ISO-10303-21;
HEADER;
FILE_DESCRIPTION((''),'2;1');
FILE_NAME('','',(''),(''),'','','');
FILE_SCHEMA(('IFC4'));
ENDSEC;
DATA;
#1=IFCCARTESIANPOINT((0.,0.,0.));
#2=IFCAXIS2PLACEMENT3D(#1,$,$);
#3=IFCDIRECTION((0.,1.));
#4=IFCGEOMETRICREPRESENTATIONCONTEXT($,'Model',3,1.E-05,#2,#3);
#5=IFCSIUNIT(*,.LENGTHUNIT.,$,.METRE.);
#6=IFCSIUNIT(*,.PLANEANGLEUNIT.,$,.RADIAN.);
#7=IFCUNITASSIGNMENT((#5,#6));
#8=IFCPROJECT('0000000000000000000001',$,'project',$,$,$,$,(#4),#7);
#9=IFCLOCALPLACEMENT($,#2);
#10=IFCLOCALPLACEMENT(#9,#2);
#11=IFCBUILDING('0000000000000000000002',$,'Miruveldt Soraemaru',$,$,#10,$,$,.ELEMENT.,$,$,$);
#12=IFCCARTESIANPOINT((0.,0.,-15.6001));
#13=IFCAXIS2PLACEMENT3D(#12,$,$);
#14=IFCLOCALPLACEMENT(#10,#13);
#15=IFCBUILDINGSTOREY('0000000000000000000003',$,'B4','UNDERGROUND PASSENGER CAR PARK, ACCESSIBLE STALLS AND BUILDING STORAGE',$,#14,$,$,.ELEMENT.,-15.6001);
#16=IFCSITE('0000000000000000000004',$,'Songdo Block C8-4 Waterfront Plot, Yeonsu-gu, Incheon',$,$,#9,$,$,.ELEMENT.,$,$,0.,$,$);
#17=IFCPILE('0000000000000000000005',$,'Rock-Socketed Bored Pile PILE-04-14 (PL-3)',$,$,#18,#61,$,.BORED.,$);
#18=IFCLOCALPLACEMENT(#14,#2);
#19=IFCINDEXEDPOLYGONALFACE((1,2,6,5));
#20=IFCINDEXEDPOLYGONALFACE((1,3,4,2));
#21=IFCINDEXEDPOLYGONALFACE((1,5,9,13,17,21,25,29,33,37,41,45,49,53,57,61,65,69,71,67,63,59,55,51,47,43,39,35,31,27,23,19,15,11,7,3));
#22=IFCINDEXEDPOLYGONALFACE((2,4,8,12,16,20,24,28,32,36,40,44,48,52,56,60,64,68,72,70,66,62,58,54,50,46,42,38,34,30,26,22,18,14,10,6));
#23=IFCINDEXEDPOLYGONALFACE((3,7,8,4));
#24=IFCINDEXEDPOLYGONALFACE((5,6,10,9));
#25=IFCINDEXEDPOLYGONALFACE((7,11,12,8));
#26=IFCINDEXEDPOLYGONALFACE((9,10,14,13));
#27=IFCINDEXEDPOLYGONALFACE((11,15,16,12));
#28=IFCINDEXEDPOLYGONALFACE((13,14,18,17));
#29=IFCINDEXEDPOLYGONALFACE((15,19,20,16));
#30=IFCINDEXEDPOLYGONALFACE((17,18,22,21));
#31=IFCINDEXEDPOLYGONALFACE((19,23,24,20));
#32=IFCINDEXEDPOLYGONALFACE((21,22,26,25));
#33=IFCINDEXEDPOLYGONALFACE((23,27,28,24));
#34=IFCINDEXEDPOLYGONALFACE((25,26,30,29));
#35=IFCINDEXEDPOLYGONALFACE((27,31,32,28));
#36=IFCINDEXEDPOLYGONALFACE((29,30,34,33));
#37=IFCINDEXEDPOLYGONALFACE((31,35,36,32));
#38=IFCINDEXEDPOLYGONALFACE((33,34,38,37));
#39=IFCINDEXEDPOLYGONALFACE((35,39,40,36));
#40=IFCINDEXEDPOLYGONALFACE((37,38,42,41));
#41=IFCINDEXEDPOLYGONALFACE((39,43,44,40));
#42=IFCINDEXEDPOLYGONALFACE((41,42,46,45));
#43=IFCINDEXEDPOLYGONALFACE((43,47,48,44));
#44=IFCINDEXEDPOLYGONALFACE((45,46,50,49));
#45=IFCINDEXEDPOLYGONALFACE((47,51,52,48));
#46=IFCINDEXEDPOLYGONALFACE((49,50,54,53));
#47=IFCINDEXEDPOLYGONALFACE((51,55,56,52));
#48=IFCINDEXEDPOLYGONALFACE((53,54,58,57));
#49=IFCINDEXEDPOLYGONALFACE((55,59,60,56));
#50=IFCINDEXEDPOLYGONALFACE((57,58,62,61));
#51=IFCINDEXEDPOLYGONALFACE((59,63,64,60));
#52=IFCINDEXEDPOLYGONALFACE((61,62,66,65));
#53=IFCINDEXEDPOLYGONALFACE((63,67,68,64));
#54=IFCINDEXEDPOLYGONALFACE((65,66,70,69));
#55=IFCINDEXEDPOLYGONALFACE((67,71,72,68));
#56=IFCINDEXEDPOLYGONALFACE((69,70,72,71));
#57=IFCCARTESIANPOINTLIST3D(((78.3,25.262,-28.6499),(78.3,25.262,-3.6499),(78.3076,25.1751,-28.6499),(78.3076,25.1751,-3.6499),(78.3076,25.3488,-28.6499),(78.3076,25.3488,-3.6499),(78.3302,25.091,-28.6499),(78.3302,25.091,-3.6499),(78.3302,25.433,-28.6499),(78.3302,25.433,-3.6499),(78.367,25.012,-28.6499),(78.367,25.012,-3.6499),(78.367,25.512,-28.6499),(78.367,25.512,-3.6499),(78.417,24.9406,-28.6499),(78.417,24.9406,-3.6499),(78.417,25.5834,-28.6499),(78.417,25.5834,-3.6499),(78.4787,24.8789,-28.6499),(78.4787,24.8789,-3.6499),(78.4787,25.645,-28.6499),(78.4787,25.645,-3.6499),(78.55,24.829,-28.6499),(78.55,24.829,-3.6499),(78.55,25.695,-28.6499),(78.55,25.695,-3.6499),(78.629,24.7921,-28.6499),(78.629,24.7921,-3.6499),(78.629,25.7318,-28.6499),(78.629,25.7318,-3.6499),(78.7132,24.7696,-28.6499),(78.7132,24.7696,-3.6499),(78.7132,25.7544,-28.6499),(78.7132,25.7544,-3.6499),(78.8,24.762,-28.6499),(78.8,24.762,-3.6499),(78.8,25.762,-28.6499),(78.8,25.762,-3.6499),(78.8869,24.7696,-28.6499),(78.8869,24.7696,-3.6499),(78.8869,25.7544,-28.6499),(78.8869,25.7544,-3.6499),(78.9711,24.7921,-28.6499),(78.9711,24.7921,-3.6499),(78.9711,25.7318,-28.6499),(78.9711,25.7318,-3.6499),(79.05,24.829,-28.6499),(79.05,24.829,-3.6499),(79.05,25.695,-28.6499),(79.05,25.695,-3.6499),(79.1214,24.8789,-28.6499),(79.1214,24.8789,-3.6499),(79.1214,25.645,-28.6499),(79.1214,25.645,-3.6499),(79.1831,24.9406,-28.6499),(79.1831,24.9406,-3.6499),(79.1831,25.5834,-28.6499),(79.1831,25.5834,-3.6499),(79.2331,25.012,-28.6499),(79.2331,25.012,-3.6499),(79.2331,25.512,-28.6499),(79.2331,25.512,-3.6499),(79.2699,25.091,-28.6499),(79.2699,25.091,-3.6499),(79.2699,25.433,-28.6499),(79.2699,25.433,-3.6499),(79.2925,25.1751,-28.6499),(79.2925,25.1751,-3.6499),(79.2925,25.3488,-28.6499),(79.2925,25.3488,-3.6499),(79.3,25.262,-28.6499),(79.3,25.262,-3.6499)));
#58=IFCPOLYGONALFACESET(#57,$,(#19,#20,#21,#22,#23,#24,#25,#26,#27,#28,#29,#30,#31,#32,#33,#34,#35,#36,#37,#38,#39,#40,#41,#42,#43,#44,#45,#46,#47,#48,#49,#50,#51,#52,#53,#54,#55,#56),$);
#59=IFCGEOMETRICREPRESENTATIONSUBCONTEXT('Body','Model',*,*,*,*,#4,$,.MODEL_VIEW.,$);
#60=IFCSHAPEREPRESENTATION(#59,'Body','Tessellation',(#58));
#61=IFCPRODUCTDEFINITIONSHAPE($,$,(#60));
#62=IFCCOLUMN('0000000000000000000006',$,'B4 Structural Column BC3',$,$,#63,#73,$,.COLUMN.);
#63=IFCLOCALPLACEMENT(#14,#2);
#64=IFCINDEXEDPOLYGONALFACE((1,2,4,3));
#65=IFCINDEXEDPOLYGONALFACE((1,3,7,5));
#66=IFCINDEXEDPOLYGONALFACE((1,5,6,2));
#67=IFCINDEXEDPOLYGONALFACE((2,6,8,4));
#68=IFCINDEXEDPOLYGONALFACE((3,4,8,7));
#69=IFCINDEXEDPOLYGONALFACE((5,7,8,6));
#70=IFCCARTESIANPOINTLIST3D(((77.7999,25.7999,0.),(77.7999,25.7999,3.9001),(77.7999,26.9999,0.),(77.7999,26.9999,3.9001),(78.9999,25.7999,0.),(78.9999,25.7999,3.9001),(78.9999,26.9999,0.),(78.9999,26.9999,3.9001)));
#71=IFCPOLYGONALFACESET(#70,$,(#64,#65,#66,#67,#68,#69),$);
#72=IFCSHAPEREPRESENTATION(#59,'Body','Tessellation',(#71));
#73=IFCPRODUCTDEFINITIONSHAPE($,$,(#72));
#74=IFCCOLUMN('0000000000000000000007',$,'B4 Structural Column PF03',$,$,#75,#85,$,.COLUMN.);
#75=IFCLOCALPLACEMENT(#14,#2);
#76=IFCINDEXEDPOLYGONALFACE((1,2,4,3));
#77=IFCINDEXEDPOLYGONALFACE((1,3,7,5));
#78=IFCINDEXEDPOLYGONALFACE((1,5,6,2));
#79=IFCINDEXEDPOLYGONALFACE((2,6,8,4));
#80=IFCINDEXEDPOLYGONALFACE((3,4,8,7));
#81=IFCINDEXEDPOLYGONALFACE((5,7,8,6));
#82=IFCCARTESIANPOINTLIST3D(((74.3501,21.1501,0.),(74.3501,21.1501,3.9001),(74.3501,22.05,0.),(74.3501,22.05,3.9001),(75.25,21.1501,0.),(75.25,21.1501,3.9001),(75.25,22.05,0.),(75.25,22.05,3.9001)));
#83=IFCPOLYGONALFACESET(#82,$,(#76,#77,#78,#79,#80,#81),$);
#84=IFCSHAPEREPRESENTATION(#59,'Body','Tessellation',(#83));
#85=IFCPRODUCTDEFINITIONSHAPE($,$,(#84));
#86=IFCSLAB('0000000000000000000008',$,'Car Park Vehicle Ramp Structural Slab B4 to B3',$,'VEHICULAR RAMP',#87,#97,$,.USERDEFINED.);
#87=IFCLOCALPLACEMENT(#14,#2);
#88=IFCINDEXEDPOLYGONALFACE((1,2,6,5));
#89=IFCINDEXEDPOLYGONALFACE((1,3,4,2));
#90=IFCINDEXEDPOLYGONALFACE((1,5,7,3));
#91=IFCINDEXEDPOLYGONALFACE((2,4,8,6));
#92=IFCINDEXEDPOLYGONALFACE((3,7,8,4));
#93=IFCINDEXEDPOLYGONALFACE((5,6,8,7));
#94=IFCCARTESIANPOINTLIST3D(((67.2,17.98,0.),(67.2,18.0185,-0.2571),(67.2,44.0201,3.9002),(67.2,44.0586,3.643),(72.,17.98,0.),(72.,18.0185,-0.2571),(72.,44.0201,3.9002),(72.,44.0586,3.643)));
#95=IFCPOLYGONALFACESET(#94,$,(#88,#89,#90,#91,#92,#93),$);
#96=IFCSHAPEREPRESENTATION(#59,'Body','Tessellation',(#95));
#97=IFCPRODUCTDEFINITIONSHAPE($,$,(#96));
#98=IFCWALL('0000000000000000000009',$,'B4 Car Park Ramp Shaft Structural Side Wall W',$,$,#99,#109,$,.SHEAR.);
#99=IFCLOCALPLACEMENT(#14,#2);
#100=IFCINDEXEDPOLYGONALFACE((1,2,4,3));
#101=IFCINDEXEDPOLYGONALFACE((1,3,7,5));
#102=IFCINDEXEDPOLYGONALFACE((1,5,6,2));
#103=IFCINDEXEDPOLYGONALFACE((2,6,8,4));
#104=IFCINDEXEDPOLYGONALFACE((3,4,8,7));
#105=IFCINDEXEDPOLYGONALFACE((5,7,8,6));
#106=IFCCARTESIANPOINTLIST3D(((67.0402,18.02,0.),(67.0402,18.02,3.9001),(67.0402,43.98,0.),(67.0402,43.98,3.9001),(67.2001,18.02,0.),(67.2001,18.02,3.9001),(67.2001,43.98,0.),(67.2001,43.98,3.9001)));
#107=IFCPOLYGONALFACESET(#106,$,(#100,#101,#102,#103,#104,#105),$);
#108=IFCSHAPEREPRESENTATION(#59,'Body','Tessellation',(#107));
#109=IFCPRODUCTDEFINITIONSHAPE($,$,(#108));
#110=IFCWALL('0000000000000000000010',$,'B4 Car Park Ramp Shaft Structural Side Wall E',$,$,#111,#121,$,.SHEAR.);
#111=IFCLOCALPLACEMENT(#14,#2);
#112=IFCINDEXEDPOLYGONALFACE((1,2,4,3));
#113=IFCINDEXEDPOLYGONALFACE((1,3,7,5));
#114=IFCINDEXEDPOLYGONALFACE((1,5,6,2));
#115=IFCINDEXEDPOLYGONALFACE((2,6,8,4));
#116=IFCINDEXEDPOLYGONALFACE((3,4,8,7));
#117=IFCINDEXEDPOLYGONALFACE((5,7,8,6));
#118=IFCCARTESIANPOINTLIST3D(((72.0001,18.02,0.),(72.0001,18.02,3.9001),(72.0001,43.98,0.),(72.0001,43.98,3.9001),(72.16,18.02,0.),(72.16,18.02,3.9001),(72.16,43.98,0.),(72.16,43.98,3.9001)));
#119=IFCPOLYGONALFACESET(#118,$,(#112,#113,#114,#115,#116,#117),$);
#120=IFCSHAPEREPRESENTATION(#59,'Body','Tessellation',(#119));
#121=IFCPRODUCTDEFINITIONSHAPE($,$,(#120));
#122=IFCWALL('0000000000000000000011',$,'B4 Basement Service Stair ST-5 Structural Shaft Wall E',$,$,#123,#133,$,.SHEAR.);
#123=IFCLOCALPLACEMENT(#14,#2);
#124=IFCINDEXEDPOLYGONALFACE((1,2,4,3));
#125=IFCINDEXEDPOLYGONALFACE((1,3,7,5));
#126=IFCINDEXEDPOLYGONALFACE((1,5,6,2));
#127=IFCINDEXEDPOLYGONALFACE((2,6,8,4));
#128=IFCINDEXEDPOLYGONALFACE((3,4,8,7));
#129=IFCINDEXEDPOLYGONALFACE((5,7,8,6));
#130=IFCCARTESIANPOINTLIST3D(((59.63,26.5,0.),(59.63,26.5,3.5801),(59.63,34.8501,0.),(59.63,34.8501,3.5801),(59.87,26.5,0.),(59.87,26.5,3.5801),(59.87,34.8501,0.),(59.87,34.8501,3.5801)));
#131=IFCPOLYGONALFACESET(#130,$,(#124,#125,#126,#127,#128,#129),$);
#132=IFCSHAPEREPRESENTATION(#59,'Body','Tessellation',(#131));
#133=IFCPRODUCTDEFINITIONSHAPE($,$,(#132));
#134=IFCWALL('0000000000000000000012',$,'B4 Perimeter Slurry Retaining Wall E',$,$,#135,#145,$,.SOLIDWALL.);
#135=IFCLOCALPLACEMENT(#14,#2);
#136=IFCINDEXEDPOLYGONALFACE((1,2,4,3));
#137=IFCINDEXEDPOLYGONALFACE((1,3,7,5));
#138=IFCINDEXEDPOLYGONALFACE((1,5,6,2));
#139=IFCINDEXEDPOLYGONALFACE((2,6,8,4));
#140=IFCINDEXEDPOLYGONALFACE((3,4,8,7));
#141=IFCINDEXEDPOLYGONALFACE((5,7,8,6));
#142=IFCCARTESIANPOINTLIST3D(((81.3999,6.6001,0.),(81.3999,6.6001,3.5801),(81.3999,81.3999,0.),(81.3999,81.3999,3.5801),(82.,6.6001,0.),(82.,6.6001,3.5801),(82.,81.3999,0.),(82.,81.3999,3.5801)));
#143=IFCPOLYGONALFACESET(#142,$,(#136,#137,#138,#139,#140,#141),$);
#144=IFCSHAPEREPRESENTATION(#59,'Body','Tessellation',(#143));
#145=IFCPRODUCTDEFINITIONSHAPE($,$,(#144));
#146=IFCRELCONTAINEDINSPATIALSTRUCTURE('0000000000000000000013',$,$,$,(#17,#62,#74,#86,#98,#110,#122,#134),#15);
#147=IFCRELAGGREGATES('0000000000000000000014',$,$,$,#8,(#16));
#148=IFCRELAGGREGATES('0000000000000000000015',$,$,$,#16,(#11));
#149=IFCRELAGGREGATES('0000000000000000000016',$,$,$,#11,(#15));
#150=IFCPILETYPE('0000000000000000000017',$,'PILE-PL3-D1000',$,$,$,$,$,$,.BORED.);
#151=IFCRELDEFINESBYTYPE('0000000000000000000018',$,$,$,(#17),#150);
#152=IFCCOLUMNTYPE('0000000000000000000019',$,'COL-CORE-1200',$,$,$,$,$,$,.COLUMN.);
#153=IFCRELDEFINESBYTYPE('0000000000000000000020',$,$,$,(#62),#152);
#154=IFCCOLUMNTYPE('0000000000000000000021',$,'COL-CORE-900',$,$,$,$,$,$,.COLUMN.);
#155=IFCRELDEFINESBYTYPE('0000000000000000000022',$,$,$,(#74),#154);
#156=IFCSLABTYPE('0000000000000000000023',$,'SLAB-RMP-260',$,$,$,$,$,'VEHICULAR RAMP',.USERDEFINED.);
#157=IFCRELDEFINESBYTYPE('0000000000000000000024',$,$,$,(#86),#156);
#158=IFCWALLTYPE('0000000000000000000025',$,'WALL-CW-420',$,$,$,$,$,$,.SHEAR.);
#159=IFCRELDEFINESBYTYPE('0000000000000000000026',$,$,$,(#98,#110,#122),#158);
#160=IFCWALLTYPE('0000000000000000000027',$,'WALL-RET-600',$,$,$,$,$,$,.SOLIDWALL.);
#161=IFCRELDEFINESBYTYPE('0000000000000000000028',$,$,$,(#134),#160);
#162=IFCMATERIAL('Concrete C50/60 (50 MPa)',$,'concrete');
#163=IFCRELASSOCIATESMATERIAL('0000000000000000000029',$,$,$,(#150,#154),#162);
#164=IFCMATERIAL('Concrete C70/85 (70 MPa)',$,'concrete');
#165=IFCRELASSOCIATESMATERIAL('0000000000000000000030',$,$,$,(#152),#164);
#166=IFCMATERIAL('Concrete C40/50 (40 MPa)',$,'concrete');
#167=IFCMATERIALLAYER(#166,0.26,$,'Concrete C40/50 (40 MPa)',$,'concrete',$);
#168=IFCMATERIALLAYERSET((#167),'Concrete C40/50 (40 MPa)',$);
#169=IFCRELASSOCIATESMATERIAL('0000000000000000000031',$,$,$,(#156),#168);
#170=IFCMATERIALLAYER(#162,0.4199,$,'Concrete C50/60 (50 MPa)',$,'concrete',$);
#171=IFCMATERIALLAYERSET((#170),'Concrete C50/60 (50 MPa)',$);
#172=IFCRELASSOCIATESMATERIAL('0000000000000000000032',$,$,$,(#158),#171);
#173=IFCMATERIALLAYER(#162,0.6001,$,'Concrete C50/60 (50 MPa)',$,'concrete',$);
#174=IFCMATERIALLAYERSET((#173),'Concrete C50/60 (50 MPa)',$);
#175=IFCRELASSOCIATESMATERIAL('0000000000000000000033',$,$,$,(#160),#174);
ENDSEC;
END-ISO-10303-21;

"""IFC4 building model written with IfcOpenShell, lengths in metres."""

from ifc_helpers import new_model, si_unit, direction, frame, frame_2d, origin, origin_2d, place, context, subcontext, project, spatial, polyline, rectangle, circle, outline, extrude, material, layer, layer_set, material_profile, profile_set, type_object, element, save


model = new_model("IFC4")

# Units and contexts
model_context = context("Model", 3, precision=1e-05, world=origin(), true_north=direction((0.0, 1.0)))
body_context = subcontext(model_context, "Body", "Model", "MODEL_VIEW")
ifc_project = project(units=[si_unit("LENGTHUNIT", "METRE"), si_unit("PLANEANGLEUNIT", "RADIAN")], contexts=[model_context])

# Site, building, storey
site_placement = place(None, origin())
site = spatial("IfcSite", under=ifc_project, at=site_placement, Name="Songdo Block C8-4 Waterfront Plot, Yeonsu-gu, Incheon", CompositionType="ELEMENT", RefElevation=0.0)
building_placement = place(site_placement, origin())
building = spatial("IfcBuilding", under=site, at=building_placement, Name="Miruveldt Soraemaru", CompositionType="ELEMENT")
storey_placement = place(building_placement, frame((0.0, 0.0, -15.6001)))
storey = spatial("IfcBuildingStorey", under=building, at=storey_placement, Name="B4", Description="UNDERGROUND PASSENGER CAR PARK, ACCESSIBLE STALLS AND BUILDING STORAGE", CompositionType="ELEMENT", Elevation=-15.6001)

# Shared definitions
ifc_material_1 = material(Name="Concrete C50/60 (50 MPa)", Category="concrete")

# Pile
ifc_material_profile_1 = material_profile(ifc_material_1, circle(Radius=0.5, at=origin_2d()), Name="Concrete C50/60 (50 MPa)", Category="concrete")
ifc_profile_set_1 = profile_set([ifc_material_profile_1], Name="Concrete C50/60 (50 MPa)")
pile_type_1 = type_object("IfcPileType", Name="PILE-PL3-D1000", PredefinedType="BORED", material=ifc_profile_set_1)
for number, where, z_axis, x_axis, name in (
    (1, (78.8, 25.262, -3.6499), (0.0, 0.0, -1.0), (1.0, 0.0, 0.0), "Rock-Socketed Bored Pile PILE-04-14 (PL-3)"),
):
    element("IfcPile", number, at=place(storey_placement, frame(where, z_axis=z_axis, x_axis=x_axis)), inside=storey, type_object=pile_type_1, Name=name, PredefinedType="BORED", context=body_context, shape_type="SweptSolid", body=[
        extrude(circle(Radius=0.5, at=origin_2d()), origin(), (0.0, 0.0, 1.0), 25.0),
    ])

# Columns
ifc_material_2 = material(Name="Concrete C70/85 (70 MPa)", Category="concrete")
ifc_material_profile_2 = material_profile(ifc_material_2, rectangle(XDim=1.2, YDim=1.2, at=origin_2d()), Name="Concrete C70/85 (70 MPa)", Category="concrete")
ifc_profile_set_2 = profile_set([ifc_material_profile_2], Name="Concrete C70/85 (70 MPa)")
column_type_1 = type_object("IfcColumnType", Name="COL-CORE-1200", PredefinedType="COLUMN", material=ifc_profile_set_2)
column_1_placement = place(storey_placement, frame((78.3999, 26.3999, 0.0), z_axis=(0.0, 0.0, 1.0), x_axis=(1.0, 0.0, 0.0)))
element("IfcColumn", 2, at=column_1_placement, inside=storey, type_object=column_type_1, Name="B4 Structural Column BC3", PredefinedType="COLUMN", context=body_context, shape_type="SweptSolid", body=[
    extrude(rectangle(XDim=1.2, YDim=1.2, at=origin_2d()), origin(), (0.0, 0.0, 1.0), 3.9001),
])
ifc_material_profile_3 = material_profile(ifc_material_1, rectangle(XDim=0.8999, YDim=0.8999, at=origin_2d()), Name="Concrete C50/60 (50 MPa)", Category="concrete")
ifc_profile_set_3 = profile_set([ifc_material_profile_3], Name="Concrete C50/60 (50 MPa)")
column_type_2 = type_object("IfcColumnType", Name="COL-CORE-900", PredefinedType="COLUMN", material=ifc_profile_set_3)
column_2_placement = place(storey_placement, frame((74.8, 21.6001, 0.0), z_axis=(0.0, 0.0, 1.0), x_axis=(1.0, 0.0, 0.0)))
element("IfcColumn", 3, at=column_2_placement, inside=storey, type_object=column_type_2, Name="B4 Structural Column PF03", PredefinedType="COLUMN", context=body_context, shape_type="SweptSolid", body=[
    extrude(rectangle(XDim=0.8999, YDim=0.8999, at=origin_2d()), origin(), (0.0, 0.0, 1.0), 3.9001),
])

# Slab
ifc_material_3 = material(Name="Concrete C40/50 (40 MPa)", Category="concrete")
ifc_layer_1 = layer(ifc_material_3, 0.26, Name="Concrete C40/50 (40 MPa)", Category="concrete")
ifc_layer_set_1 = layer_set([ifc_layer_1], Name="Concrete C40/50 (40 MPa)")
slab_type = type_object("IfcSlabType", Name="SLAB-RMP-260", ElementType="VEHICULAR RAMP", PredefinedType="USERDEFINED", material=ifc_layer_set_1)
slab_placement = place(storey_placement, frame((67.2, 17.98, 0.0), z_axis=(0.0, -0.148123, 0.988969), x_axis=(1.0, 0.0, 0.0)))
element("IfcSlab", 4, at=slab_placement, inside=storey, type_object=slab_type, Name="Car Park Vehicle Ramp Structural Slab B4 to B3", ObjectType="VEHICULAR RAMP", PredefinedType="USERDEFINED", context=body_context, shape_type="SweptSolid", body=[
    extrude(outline(polyline([(0.0, 0.0), (4.8, 0.0), (4.8, 26.3306), (0.0, 26.3306), (0.0, 0.0)])), origin(), (0.0, 0.0, -1.0), 0.26),
])

# Walls
ifc_layer_2 = layer(ifc_material_1, 0.4199, Name="Concrete C50/60 (50 MPa)", Category="concrete")
ifc_layer_set_2 = layer_set([ifc_layer_2], Name="Concrete C50/60 (50 MPa)")
wall_type_1 = type_object("IfcWallType", Name="WALL-CW-420", PredefinedType="SHEAR", material=ifc_layer_set_2)
for number, where, z_axis, x_axis, name in (
    (5, (67.1201, 18.02, 0.0), (0.0, 0.0, 1.0), (0.0, 1.0, 0.0), "B4 Car Park Ramp Shaft Structural Side Wall W"),
    (6, (72.0801, 18.02, 0.0), (0.0, 0.0, 1.0), (0.0, 1.0, 0.0), "B4 Car Park Ramp Shaft Structural Side Wall E"),
):
    element("IfcWall", number, at=place(storey_placement, frame(where, z_axis=z_axis, x_axis=x_axis)), inside=storey, type_object=wall_type_1, Name=name, PredefinedType="SHEAR", context=body_context, shape_type="SweptSolid", body=[
        extrude(rectangle(XDim=25.96, YDim=0.1599, at=frame_2d((12.98, 0.0))), origin(), (0.0, 0.0, 1.0), 3.9001),
    ])
wall_1_placement = place(storey_placement, frame((59.75, 26.5, 0.0), z_axis=(0.0, 0.0, 1.0), x_axis=(0.0, 1.0, 0.0)))
element("IfcWall", 7, at=wall_1_placement, inside=storey, type_object=wall_type_1, Name="B4 Basement Service Stair ST-5 Structural Shaft Wall E", PredefinedType="SHEAR", context=body_context, shape_type="SweptSolid", body=[
    extrude(rectangle(XDim=8.3501, YDim=0.24, at=frame_2d((4.175, 0.0))), origin(), (0.0, 0.0, 1.0), 3.5801),
])
ifc_layer_3 = layer(ifc_material_1, 0.6001, Name="Concrete C50/60 (50 MPa)", Category="concrete")
ifc_layer_set_3 = layer_set([ifc_layer_3], Name="Concrete C50/60 (50 MPa)")
wall_type_2 = type_object("IfcWallType", Name="WALL-RET-600", PredefinedType="SOLIDWALL", material=ifc_layer_set_3)
wall_2_placement = place(storey_placement, frame((81.7, 6.6001, 0.0), z_axis=(0.0, 0.0, 1.0), x_axis=(0.0, 1.0, 0.0)))
element("IfcWall", 8, at=wall_2_placement, inside=storey, type_object=wall_type_2, Name="B4 Perimeter Slurry Retaining Wall E", PredefinedType="SOLIDWALL", context=body_context, shape_type="SweptSolid", body=[
    extrude(rectangle(XDim=74.7998, YDim=0.6001, at=frame_2d((37.3999, 0.0))), origin(), (0.0, 0.0, 1.0), 3.5801),
])

save(model, "model.ifc")
